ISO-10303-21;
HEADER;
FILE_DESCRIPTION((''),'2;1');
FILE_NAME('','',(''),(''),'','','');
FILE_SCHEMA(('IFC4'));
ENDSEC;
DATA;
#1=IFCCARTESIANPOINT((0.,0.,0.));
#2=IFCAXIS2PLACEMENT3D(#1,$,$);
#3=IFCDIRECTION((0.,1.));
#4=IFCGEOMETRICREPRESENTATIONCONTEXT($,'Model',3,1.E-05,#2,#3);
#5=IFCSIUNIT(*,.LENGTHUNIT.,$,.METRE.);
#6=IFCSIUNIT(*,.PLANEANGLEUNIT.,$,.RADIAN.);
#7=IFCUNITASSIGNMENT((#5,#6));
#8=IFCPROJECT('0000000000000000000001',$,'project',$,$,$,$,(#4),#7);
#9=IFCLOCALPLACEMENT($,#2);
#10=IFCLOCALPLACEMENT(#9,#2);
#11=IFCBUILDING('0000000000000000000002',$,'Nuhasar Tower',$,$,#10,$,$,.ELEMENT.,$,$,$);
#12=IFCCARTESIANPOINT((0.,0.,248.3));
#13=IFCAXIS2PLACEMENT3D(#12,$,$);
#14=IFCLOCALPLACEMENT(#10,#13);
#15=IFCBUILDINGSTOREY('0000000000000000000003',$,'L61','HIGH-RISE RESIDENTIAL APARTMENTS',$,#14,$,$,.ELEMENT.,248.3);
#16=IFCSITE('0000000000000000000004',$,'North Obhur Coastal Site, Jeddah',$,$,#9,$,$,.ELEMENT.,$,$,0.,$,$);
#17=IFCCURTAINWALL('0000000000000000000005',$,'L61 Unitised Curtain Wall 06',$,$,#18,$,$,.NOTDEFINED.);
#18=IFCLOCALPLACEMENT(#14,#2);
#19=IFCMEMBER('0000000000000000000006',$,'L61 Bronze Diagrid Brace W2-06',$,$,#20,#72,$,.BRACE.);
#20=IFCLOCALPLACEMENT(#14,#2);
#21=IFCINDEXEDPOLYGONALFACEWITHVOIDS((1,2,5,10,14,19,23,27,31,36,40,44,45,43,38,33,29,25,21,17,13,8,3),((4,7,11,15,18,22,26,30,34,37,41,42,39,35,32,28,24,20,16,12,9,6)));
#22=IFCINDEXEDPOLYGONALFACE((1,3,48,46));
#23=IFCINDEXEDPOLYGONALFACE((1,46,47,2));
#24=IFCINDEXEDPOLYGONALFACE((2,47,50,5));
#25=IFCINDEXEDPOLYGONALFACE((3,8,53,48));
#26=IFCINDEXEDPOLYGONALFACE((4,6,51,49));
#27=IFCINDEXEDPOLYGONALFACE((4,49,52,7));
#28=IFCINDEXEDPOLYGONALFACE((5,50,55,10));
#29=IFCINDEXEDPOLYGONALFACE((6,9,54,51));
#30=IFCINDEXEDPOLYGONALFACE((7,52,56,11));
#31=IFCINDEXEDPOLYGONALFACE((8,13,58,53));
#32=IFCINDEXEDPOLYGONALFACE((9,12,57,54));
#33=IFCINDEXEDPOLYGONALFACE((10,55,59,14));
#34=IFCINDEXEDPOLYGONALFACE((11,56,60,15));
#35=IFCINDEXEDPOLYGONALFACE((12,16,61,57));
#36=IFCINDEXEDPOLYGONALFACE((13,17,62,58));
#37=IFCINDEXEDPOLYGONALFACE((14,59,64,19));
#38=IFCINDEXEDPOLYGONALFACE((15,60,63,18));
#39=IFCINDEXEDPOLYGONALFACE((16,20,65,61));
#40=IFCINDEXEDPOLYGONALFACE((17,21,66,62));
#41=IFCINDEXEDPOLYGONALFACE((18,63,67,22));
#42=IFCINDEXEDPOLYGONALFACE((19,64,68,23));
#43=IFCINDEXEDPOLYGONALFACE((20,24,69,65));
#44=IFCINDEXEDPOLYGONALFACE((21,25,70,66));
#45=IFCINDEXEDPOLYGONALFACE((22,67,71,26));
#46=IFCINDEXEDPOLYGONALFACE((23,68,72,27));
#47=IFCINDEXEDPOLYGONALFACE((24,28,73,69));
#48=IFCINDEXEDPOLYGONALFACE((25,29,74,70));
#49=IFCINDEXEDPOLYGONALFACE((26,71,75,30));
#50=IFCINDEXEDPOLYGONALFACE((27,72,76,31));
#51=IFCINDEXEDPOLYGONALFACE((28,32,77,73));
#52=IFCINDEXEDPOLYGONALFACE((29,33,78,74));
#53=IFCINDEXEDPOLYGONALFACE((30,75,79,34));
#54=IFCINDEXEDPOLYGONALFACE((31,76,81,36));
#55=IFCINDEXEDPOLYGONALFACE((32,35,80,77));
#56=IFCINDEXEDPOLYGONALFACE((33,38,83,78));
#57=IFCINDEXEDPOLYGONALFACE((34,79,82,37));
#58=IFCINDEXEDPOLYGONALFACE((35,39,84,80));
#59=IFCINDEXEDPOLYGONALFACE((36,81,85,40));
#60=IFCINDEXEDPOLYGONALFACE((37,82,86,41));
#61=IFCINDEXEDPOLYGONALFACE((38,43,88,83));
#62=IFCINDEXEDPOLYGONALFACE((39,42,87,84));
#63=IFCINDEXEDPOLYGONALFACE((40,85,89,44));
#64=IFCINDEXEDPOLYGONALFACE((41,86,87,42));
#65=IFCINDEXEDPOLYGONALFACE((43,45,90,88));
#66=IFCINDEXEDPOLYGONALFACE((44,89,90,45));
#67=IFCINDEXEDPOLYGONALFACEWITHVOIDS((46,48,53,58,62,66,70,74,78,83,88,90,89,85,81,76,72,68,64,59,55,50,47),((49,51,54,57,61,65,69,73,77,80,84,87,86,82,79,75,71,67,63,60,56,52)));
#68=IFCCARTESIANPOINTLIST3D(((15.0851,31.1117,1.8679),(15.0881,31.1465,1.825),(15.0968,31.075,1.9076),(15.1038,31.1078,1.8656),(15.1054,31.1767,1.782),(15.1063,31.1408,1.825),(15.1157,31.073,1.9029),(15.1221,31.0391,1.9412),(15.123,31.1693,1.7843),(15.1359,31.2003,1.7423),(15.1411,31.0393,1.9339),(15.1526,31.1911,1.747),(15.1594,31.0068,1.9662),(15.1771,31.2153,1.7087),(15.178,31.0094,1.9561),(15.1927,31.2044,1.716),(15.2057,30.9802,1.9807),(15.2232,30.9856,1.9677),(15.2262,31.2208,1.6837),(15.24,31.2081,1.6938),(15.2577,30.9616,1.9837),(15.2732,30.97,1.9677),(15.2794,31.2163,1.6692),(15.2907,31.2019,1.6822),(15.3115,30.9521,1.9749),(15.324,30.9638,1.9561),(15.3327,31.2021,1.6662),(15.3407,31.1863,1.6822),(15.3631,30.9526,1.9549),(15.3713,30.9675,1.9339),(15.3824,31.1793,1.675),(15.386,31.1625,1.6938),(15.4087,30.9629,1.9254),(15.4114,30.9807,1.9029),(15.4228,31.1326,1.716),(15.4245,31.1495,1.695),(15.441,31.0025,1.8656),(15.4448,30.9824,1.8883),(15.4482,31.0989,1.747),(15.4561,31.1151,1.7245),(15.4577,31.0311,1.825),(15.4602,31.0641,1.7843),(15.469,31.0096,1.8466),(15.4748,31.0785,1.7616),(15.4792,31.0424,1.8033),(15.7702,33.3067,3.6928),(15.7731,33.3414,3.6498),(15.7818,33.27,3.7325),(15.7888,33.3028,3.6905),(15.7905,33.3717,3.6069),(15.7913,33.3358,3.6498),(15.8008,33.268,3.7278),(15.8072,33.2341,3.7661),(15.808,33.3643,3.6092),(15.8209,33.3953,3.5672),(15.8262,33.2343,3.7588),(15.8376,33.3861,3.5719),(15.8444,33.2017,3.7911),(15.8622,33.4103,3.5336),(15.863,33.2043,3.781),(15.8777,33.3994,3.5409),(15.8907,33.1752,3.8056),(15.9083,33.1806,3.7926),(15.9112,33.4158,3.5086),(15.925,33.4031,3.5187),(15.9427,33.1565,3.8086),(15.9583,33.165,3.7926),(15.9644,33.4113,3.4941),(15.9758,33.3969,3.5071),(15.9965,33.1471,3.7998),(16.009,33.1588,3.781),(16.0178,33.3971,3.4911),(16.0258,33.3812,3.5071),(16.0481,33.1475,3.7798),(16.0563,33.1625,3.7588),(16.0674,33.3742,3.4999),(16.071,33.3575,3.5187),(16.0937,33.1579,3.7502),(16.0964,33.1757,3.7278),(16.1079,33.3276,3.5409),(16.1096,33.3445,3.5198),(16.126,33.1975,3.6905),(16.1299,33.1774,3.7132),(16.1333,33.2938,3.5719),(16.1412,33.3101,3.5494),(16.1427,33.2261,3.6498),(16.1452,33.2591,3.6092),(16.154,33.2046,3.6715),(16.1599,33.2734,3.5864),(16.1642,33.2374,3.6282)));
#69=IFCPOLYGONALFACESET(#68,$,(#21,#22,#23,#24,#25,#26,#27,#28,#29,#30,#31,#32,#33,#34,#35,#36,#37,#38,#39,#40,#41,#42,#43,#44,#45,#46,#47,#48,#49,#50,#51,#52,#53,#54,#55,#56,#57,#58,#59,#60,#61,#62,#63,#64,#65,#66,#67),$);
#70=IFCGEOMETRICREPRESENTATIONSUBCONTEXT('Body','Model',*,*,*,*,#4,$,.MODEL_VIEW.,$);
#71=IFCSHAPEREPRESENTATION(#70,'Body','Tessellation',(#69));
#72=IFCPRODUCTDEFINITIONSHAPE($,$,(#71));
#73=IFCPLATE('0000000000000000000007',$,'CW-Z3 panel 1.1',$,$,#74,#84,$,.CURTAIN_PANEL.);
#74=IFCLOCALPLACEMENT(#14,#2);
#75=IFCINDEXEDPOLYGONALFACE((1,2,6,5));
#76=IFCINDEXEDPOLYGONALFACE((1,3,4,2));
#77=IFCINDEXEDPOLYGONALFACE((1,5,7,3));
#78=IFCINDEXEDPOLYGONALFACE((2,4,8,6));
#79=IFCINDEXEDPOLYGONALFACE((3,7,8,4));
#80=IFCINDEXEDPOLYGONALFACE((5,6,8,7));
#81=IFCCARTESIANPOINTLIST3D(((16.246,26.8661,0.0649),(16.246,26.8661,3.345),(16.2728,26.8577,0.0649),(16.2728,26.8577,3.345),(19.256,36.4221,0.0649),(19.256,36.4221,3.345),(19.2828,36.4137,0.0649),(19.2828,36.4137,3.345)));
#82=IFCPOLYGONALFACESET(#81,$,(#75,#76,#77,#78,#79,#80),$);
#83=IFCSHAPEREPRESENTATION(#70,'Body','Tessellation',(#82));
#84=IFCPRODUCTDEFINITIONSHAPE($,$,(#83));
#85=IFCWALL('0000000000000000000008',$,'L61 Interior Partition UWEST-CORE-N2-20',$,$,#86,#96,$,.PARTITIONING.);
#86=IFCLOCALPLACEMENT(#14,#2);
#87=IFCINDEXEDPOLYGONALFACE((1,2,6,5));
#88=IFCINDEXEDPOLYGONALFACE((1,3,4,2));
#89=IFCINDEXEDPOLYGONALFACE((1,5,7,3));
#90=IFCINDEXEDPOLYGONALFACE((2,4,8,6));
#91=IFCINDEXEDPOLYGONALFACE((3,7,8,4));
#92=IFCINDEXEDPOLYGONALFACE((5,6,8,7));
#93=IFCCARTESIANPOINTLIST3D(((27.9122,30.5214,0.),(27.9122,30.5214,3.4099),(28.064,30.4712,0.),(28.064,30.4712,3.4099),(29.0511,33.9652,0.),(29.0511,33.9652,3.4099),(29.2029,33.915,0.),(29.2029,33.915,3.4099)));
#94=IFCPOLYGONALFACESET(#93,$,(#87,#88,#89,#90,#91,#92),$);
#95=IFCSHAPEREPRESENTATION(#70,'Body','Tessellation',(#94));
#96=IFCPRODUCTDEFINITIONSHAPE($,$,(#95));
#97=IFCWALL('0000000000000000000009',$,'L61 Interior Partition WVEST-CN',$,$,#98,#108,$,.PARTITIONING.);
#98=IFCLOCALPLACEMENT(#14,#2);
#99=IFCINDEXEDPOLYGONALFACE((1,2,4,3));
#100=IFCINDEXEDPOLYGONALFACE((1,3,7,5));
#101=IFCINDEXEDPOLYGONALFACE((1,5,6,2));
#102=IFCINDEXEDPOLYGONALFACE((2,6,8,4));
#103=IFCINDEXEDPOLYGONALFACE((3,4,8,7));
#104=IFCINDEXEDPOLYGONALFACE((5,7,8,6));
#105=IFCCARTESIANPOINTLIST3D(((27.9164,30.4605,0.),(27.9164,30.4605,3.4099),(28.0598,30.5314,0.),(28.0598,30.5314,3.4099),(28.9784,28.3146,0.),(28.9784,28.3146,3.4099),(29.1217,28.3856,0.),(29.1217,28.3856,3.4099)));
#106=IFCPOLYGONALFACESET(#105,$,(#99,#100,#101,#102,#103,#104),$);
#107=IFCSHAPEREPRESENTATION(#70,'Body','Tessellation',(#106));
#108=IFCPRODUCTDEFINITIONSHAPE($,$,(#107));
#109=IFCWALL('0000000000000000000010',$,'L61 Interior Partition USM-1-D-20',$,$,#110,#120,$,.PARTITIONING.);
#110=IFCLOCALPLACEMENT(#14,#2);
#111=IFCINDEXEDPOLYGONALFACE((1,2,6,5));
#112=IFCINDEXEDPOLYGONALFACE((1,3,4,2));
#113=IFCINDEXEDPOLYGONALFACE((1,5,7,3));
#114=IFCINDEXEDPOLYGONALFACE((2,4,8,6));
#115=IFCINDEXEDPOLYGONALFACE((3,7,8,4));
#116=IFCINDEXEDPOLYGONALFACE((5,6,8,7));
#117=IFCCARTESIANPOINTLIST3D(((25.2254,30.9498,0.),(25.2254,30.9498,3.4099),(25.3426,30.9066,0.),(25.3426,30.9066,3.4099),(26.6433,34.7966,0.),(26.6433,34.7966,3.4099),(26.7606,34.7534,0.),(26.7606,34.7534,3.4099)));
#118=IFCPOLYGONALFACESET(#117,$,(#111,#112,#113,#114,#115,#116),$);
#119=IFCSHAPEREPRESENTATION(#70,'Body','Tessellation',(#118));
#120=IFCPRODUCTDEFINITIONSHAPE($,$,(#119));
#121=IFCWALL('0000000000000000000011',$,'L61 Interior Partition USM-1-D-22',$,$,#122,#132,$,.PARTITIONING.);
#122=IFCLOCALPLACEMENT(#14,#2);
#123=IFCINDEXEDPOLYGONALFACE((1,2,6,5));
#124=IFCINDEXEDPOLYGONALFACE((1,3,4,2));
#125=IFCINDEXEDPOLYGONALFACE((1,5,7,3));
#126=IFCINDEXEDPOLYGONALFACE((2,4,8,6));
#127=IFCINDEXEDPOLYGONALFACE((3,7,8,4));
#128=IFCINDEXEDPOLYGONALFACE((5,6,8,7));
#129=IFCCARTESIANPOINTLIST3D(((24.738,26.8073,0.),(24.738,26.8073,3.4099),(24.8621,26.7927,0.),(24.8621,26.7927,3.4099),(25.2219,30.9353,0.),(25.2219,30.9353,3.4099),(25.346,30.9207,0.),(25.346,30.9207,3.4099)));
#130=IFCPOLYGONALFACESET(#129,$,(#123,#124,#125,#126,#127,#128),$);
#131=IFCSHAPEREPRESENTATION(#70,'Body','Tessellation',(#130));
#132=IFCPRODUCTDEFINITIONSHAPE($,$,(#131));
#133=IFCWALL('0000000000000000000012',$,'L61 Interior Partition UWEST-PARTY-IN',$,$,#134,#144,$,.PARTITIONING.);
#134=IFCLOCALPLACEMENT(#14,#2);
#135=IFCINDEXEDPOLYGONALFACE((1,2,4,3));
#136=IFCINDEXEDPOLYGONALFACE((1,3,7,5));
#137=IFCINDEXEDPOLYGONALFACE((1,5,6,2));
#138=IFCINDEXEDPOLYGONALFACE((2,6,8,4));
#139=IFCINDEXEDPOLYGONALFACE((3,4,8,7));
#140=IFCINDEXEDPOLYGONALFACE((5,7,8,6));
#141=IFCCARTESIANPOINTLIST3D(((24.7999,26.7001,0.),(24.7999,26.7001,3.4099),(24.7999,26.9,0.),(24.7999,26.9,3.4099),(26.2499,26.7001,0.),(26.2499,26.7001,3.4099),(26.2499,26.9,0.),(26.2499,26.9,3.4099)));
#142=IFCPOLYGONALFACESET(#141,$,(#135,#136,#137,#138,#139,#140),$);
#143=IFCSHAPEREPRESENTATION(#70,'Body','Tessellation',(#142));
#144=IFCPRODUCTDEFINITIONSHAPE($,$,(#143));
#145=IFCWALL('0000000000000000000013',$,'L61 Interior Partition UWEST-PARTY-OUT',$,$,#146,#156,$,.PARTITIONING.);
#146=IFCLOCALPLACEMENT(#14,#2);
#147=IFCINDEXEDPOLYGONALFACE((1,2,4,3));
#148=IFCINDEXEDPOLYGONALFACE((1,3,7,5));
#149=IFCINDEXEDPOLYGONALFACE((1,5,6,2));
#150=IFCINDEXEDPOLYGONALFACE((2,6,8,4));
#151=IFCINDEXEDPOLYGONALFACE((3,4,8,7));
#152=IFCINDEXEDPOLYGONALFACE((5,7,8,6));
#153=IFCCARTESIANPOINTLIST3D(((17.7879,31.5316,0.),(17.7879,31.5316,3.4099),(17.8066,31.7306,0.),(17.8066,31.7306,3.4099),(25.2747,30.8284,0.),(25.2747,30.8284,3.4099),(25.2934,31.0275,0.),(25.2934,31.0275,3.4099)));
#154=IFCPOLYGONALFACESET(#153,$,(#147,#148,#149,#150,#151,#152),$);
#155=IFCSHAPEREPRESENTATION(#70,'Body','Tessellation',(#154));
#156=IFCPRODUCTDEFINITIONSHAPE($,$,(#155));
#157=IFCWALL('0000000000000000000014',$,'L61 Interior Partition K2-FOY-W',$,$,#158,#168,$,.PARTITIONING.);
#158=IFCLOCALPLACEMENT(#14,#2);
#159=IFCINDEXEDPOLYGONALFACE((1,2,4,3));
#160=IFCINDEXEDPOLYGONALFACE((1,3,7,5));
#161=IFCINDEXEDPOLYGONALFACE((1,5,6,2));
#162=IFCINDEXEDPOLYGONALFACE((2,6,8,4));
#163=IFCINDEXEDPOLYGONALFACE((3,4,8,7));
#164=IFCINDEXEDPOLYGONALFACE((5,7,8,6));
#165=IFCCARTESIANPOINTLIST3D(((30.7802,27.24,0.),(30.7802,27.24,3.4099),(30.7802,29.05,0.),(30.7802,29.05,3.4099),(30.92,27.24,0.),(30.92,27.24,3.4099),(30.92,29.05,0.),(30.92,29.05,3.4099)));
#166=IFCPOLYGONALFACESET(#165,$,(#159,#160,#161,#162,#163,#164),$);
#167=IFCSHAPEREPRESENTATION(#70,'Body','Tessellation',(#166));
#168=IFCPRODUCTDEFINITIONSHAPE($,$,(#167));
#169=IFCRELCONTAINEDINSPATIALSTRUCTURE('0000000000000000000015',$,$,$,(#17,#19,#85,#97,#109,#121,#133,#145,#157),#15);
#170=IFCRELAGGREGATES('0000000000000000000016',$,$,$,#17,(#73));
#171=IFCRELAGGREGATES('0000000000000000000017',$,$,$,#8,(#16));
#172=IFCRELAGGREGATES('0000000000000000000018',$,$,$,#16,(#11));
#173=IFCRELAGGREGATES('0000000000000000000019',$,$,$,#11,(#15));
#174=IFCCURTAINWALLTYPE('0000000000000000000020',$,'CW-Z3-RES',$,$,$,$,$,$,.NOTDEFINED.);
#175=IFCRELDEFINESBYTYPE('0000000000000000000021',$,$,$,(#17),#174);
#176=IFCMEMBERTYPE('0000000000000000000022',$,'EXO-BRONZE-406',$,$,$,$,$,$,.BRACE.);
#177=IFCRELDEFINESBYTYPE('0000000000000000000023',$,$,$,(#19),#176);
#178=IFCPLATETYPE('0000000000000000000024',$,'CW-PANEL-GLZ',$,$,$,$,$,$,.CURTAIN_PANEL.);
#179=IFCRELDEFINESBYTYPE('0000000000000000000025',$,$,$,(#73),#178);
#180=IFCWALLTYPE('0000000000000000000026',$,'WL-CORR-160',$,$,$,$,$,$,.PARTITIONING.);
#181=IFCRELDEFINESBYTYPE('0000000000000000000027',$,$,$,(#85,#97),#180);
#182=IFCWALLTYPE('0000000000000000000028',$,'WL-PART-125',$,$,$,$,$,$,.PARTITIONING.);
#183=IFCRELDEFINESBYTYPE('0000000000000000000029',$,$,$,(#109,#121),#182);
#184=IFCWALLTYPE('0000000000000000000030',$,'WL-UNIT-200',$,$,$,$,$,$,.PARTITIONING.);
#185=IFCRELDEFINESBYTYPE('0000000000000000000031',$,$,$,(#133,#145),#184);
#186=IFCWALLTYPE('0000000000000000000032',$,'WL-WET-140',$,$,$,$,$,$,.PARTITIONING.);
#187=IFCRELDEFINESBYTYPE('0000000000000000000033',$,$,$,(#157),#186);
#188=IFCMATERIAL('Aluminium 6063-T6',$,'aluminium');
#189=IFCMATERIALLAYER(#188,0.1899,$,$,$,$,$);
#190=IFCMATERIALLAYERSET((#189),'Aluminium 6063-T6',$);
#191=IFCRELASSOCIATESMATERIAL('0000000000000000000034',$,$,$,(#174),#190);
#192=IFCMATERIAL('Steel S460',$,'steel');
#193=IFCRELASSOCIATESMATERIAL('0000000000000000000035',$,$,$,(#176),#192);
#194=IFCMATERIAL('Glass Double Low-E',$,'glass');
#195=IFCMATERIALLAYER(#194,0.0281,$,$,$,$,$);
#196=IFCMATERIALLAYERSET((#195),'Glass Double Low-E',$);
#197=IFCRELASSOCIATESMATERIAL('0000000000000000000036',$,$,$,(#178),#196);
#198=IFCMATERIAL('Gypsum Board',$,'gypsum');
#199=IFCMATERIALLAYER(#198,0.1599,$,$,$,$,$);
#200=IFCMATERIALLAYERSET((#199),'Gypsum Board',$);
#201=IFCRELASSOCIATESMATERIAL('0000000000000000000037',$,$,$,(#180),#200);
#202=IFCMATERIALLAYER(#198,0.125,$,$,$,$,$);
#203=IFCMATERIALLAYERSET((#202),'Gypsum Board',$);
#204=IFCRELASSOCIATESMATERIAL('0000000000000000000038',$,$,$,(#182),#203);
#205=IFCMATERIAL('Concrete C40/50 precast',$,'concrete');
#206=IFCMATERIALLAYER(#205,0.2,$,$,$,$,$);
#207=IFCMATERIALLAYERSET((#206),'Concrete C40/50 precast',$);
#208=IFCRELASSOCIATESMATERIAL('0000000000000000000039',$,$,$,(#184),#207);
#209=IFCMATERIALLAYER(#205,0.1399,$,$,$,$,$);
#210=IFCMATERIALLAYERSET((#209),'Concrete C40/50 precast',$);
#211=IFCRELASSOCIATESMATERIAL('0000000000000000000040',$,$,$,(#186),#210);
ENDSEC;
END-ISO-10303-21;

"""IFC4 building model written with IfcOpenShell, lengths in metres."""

from ifc_helpers import new_model, si_unit, direction, frame, frame_2d, origin, origin_2d, place, context, subcontext, project, spatial, rectangle, hollow_circle, extrude, material, layer, layer_set, material_profile, profile_set, type_object, element, aggregate, save


model = new_model("IFC4")

# Units and contexts
model_context = context("Model", 3, precision=1e-05, world=origin(), true_north=direction((0.0, 1.0)))
body_context = subcontext(model_context, "Body", "Model", "MODEL_VIEW")
ifc_project = project(units=[si_unit("LENGTHUNIT", "METRE"), si_unit("PLANEANGLEUNIT", "RADIAN")], contexts=[model_context])

# Site, building, storey
site_placement = place(None, origin())
site = spatial("IfcSite", under=ifc_project, at=site_placement, Name="North Obhur Coastal Site, Jeddah", CompositionType="ELEMENT", RefElevation=0.0)
building_placement = place(site_placement, origin())
building = spatial("IfcBuilding", under=site, at=building_placement, Name="Nuhasar Tower", CompositionType="ELEMENT")
storey_placement = place(building_placement, frame((0.0, 0.0, 248.3)))
storey = spatial("IfcBuildingStorey", under=building, at=storey_placement, Name="L61", Description="HIGH-RISE RESIDENTIAL APARTMENTS", CompositionType="ELEMENT", Elevation=248.3)

# Curtain wall
ifc_material_1 = material(Name="Aluminium 6063-T6", Category="aluminium")
ifc_layer_1 = layer(ifc_material_1, 0.1899)
ifc_layer_set_1 = layer_set([ifc_layer_1], Name="Aluminium 6063-T6")
curtain_wall_type = type_object("IfcCurtainWallType", Name="CW-Z3-RES", PredefinedType="NOTDEFINED", material=ifc_layer_set_1)
curtain_wall_placement = place(storey_placement, origin())
curtain_wall = element("IfcCurtainWall", 1, at=curtain_wall_placement, inside=storey, type_object=curtain_wall_type, Name="L61 Unitised Curtain Wall 06", PredefinedType="NOTDEFINED")

# Member
ifc_material_2 = material(Name="Steel S460", Category="steel")
ifc_material_profile_1 = material_profile(ifc_material_2, hollow_circle(Radius=0.2031, WallThickness=0.019, at=origin_2d()), Name="HSS406.4X19.1")
ifc_profile_set_1 = profile_set([ifc_material_profile_1], Name="Steel S460")
member_type_1 = type_object("IfcMemberType", Name="EXO-BRONZE-406", PredefinedType="BRACE", material=ifc_profile_set_1)
for number, where, z_axis, x_axis, name in (
    (2, (15.282, 31.0859, 1.825), (0.233358, 0.747727, 0.62165), (-0.954591, 0.297918, 0.0), "L61 Bronze Diagrid Brace W2-06"),
):
    element("IfcMember", number, at=place(storey_placement, frame(where, z_axis=z_axis, x_axis=x_axis)), inside=storey, type_object=member_type_1, Name=name, PredefinedType="BRACE", context=body_context, shape_type="SweptSolid", body=[
        extrude(hollow_circle(Radius=0.2031, WallThickness=0.019, at=origin_2d()), origin(), (0.0, 0.0, 1.0), 2.9355),
    ])

# Plate
ifc_material_3 = material(Name="Glass Double Low-E", Category="glass")
ifc_layer_2 = layer(ifc_material_3, 0.0281)
ifc_layer_set_2 = layer_set([ifc_layer_2], Name="Glass Double Low-E")
plate_type = type_object("IfcPlateType", Name="CW-PANEL-GLZ", PredefinedType="CURTAIN_PANEL", material=ifc_layer_set_2)
plate_placement = place(storey_placement, frame((17.7644, 31.6399, 0.0649), z_axis=(0.0, 0.0, 1.0), x_axis=(-0.300429, -0.953804, 0.0)))
plate = element("IfcPlate", 3, at=plate_placement, type_object=plate_type, Name="CW-Z3 panel 1.1", PredefinedType="CURTAIN_PANEL", context=body_context, shape_type="SweptSolid", body=[
    extrude(rectangle(XDim=10.0188, YDim=0.0281, at=origin_2d()), origin(), (0.0, 0.0, 1.0), 3.28),
])
aggregate(curtain_wall, [plate])

# Wall
ifc_material_4 = material(Name="Gypsum Board", Category="gypsum")
ifc_layer_3 = layer(ifc_material_4, 0.1599)
ifc_layer_set_3 = layer_set([ifc_layer_3], Name="Gypsum Board")
wall_type_1 = type_object("IfcWallType", Name="WL-CORR-160", PredefinedType="PARTITIONING", material=ifc_layer_set_3)
wall_1_placement = place(storey_placement, frame((29.127, 33.9399, 0.0), z_axis=(0.0, 0.0, 1.0), x_axis=(-0.313986, -0.949428, 0.0)))
element("IfcWall", 4, at=wall_1_placement, inside=storey, type_object=wall_type_1, Name="L61 Interior Partition UWEST-CORE-N2-20", PredefinedType="PARTITIONING", context=body_context, shape_type="SweptSolid", body=[
    extrude(rectangle(XDim=3.6272, YDim=0.1599, at=frame_2d((1.8135, 0.0))), origin(), (0.0, 0.0, 1.0), 3.4099),
])

# Walls
wall_2_placement = place(storey_placement, frame((27.988, 30.4961, 0.0), z_axis=(0.0, 0.0, 1.0), x_axis=(0.443539, -0.896255, 0.0)))
element("IfcWall", 5, at=wall_2_placement, inside=storey, type_object=wall_type_1, Name="L61 Interior Partition WVEST-CN", PredefinedType="PARTITIONING", context=body_context, shape_type="SweptSolid", body=[
    extrude(rectangle(XDim=2.3943, YDim=0.1599, at=frame_2d((1.1973, 0.0))), origin(), (0.0, 0.0, 1.0), 3.4099),
])
ifc_layer_4 = layer(ifc_material_4, 0.125)
ifc_layer_set_4 = layer_set([ifc_layer_4], Name="Gypsum Board")
wall_type_2 = type_object("IfcWallType", Name="WL-PART-125", PredefinedType="PARTITIONING", material=ifc_layer_set_4)
wall_3_placement = place(storey_placement, frame((26.7019, 34.7749, 0.0), z_axis=(0.0, 0.0, 1.0), x_axis=(-0.345852, -0.938289, 0.0)))
element("IfcWall", 6, at=wall_3_placement, inside=storey, type_object=wall_type_2, Name="L61 Interior Partition USM-1-D-20", PredefinedType="PARTITIONING", context=body_context, shape_type="SweptSolid", body=[
    extrude(rectangle(XDim=4.0999, YDim=0.125, at=frame_2d((2.0498, 0.0))), origin(), (0.0, 0.0, 1.0), 3.4099),
])
wall_4_placement = place(storey_placement, frame((25.2839, 30.928, 0.0), z_axis=(0.0, 0.0, 1.0), x_axis=(-0.116425, -0.993199, 0.0)))
element("IfcWall", 7, at=wall_4_placement, inside=storey, type_object=wall_type_2, Name="L61 Interior Partition USM-1-D-22", PredefinedType="PARTITIONING", context=body_context, shape_type="SweptSolid", body=[
    extrude(rectangle(XDim=4.1562, YDim=0.125, at=frame_2d((2.0781, 0.0))), origin(), (0.0, 0.0, 1.0), 3.4099),
])
ifc_material_5 = material(Name="Concrete C40/50 precast", Category="concrete")
ifc_layer_5 = layer(ifc_material_5, 0.2)
ifc_layer_set_5 = layer_set([ifc_layer_5], Name="Concrete C40/50 precast")
wall_type_3 = type_object("IfcWallType", Name="WL-UNIT-200", PredefinedType="PARTITIONING", material=ifc_layer_set_5)
wall_5_placement = place(storey_placement, frame((26.25, 26.8, 0.0), z_axis=(0.0, 0.0, 1.0), x_axis=(-1.0, 0.0, 0.0)))
element("IfcWall", 8, at=wall_5_placement, inside=storey, type_object=wall_type_3, Name="L61 Interior Partition UWEST-PARTY-IN", PredefinedType="PARTITIONING", context=body_context, shape_type="SweptSolid", body=[
    extrude(rectangle(XDim=1.45, YDim=0.2, at=frame_2d((0.7251, 0.0))), origin(), (0.0, 0.0, 1.0), 3.4099),
])
wall_6_placement = place(storey_placement, frame((25.2839, 30.928, 0.0), z_axis=(0.0, 0.0, 1.0), x_axis=(-0.995619, 0.093504, 0.0)))
element("IfcWall", 9, at=wall_6_placement, inside=storey, type_object=wall_type_3, Name="L61 Interior Partition UWEST-PARTY-OUT", PredefinedType="PARTITIONING", context=body_context, shape_type="SweptSolid", body=[
    extrude(rectangle(XDim=7.5198, YDim=0.2, at=frame_2d((3.7598, 0.0))), origin(), (0.0, 0.0, 1.0), 3.4099),
])
ifc_layer_6 = layer(ifc_material_5, 0.1399)
ifc_layer_set_6 = layer_set([ifc_layer_6], Name="Concrete C40/50 precast")
wall_type_4 = type_object("IfcWallType", Name="WL-WET-140", PredefinedType="PARTITIONING", material=ifc_layer_set_6)
wall_7_placement = place(storey_placement, frame((30.8501, 27.24, 0.0), z_axis=(0.0, 0.0, 1.0), x_axis=(0.0, 1.0, 0.0)))
element("IfcWall", 10, at=wall_7_placement, inside=storey, type_object=wall_type_4, Name="L61 Interior Partition K2-FOY-W", PredefinedType="PARTITIONING", context=body_context, shape_type="SweptSolid", body=[
    extrude(rectangle(XDim=1.8101, YDim=0.1399, at=frame_2d((0.905, 0.0))), origin(), (0.0, 0.0, 1.0), 3.4099),
])

save(model, "model.ifc")
